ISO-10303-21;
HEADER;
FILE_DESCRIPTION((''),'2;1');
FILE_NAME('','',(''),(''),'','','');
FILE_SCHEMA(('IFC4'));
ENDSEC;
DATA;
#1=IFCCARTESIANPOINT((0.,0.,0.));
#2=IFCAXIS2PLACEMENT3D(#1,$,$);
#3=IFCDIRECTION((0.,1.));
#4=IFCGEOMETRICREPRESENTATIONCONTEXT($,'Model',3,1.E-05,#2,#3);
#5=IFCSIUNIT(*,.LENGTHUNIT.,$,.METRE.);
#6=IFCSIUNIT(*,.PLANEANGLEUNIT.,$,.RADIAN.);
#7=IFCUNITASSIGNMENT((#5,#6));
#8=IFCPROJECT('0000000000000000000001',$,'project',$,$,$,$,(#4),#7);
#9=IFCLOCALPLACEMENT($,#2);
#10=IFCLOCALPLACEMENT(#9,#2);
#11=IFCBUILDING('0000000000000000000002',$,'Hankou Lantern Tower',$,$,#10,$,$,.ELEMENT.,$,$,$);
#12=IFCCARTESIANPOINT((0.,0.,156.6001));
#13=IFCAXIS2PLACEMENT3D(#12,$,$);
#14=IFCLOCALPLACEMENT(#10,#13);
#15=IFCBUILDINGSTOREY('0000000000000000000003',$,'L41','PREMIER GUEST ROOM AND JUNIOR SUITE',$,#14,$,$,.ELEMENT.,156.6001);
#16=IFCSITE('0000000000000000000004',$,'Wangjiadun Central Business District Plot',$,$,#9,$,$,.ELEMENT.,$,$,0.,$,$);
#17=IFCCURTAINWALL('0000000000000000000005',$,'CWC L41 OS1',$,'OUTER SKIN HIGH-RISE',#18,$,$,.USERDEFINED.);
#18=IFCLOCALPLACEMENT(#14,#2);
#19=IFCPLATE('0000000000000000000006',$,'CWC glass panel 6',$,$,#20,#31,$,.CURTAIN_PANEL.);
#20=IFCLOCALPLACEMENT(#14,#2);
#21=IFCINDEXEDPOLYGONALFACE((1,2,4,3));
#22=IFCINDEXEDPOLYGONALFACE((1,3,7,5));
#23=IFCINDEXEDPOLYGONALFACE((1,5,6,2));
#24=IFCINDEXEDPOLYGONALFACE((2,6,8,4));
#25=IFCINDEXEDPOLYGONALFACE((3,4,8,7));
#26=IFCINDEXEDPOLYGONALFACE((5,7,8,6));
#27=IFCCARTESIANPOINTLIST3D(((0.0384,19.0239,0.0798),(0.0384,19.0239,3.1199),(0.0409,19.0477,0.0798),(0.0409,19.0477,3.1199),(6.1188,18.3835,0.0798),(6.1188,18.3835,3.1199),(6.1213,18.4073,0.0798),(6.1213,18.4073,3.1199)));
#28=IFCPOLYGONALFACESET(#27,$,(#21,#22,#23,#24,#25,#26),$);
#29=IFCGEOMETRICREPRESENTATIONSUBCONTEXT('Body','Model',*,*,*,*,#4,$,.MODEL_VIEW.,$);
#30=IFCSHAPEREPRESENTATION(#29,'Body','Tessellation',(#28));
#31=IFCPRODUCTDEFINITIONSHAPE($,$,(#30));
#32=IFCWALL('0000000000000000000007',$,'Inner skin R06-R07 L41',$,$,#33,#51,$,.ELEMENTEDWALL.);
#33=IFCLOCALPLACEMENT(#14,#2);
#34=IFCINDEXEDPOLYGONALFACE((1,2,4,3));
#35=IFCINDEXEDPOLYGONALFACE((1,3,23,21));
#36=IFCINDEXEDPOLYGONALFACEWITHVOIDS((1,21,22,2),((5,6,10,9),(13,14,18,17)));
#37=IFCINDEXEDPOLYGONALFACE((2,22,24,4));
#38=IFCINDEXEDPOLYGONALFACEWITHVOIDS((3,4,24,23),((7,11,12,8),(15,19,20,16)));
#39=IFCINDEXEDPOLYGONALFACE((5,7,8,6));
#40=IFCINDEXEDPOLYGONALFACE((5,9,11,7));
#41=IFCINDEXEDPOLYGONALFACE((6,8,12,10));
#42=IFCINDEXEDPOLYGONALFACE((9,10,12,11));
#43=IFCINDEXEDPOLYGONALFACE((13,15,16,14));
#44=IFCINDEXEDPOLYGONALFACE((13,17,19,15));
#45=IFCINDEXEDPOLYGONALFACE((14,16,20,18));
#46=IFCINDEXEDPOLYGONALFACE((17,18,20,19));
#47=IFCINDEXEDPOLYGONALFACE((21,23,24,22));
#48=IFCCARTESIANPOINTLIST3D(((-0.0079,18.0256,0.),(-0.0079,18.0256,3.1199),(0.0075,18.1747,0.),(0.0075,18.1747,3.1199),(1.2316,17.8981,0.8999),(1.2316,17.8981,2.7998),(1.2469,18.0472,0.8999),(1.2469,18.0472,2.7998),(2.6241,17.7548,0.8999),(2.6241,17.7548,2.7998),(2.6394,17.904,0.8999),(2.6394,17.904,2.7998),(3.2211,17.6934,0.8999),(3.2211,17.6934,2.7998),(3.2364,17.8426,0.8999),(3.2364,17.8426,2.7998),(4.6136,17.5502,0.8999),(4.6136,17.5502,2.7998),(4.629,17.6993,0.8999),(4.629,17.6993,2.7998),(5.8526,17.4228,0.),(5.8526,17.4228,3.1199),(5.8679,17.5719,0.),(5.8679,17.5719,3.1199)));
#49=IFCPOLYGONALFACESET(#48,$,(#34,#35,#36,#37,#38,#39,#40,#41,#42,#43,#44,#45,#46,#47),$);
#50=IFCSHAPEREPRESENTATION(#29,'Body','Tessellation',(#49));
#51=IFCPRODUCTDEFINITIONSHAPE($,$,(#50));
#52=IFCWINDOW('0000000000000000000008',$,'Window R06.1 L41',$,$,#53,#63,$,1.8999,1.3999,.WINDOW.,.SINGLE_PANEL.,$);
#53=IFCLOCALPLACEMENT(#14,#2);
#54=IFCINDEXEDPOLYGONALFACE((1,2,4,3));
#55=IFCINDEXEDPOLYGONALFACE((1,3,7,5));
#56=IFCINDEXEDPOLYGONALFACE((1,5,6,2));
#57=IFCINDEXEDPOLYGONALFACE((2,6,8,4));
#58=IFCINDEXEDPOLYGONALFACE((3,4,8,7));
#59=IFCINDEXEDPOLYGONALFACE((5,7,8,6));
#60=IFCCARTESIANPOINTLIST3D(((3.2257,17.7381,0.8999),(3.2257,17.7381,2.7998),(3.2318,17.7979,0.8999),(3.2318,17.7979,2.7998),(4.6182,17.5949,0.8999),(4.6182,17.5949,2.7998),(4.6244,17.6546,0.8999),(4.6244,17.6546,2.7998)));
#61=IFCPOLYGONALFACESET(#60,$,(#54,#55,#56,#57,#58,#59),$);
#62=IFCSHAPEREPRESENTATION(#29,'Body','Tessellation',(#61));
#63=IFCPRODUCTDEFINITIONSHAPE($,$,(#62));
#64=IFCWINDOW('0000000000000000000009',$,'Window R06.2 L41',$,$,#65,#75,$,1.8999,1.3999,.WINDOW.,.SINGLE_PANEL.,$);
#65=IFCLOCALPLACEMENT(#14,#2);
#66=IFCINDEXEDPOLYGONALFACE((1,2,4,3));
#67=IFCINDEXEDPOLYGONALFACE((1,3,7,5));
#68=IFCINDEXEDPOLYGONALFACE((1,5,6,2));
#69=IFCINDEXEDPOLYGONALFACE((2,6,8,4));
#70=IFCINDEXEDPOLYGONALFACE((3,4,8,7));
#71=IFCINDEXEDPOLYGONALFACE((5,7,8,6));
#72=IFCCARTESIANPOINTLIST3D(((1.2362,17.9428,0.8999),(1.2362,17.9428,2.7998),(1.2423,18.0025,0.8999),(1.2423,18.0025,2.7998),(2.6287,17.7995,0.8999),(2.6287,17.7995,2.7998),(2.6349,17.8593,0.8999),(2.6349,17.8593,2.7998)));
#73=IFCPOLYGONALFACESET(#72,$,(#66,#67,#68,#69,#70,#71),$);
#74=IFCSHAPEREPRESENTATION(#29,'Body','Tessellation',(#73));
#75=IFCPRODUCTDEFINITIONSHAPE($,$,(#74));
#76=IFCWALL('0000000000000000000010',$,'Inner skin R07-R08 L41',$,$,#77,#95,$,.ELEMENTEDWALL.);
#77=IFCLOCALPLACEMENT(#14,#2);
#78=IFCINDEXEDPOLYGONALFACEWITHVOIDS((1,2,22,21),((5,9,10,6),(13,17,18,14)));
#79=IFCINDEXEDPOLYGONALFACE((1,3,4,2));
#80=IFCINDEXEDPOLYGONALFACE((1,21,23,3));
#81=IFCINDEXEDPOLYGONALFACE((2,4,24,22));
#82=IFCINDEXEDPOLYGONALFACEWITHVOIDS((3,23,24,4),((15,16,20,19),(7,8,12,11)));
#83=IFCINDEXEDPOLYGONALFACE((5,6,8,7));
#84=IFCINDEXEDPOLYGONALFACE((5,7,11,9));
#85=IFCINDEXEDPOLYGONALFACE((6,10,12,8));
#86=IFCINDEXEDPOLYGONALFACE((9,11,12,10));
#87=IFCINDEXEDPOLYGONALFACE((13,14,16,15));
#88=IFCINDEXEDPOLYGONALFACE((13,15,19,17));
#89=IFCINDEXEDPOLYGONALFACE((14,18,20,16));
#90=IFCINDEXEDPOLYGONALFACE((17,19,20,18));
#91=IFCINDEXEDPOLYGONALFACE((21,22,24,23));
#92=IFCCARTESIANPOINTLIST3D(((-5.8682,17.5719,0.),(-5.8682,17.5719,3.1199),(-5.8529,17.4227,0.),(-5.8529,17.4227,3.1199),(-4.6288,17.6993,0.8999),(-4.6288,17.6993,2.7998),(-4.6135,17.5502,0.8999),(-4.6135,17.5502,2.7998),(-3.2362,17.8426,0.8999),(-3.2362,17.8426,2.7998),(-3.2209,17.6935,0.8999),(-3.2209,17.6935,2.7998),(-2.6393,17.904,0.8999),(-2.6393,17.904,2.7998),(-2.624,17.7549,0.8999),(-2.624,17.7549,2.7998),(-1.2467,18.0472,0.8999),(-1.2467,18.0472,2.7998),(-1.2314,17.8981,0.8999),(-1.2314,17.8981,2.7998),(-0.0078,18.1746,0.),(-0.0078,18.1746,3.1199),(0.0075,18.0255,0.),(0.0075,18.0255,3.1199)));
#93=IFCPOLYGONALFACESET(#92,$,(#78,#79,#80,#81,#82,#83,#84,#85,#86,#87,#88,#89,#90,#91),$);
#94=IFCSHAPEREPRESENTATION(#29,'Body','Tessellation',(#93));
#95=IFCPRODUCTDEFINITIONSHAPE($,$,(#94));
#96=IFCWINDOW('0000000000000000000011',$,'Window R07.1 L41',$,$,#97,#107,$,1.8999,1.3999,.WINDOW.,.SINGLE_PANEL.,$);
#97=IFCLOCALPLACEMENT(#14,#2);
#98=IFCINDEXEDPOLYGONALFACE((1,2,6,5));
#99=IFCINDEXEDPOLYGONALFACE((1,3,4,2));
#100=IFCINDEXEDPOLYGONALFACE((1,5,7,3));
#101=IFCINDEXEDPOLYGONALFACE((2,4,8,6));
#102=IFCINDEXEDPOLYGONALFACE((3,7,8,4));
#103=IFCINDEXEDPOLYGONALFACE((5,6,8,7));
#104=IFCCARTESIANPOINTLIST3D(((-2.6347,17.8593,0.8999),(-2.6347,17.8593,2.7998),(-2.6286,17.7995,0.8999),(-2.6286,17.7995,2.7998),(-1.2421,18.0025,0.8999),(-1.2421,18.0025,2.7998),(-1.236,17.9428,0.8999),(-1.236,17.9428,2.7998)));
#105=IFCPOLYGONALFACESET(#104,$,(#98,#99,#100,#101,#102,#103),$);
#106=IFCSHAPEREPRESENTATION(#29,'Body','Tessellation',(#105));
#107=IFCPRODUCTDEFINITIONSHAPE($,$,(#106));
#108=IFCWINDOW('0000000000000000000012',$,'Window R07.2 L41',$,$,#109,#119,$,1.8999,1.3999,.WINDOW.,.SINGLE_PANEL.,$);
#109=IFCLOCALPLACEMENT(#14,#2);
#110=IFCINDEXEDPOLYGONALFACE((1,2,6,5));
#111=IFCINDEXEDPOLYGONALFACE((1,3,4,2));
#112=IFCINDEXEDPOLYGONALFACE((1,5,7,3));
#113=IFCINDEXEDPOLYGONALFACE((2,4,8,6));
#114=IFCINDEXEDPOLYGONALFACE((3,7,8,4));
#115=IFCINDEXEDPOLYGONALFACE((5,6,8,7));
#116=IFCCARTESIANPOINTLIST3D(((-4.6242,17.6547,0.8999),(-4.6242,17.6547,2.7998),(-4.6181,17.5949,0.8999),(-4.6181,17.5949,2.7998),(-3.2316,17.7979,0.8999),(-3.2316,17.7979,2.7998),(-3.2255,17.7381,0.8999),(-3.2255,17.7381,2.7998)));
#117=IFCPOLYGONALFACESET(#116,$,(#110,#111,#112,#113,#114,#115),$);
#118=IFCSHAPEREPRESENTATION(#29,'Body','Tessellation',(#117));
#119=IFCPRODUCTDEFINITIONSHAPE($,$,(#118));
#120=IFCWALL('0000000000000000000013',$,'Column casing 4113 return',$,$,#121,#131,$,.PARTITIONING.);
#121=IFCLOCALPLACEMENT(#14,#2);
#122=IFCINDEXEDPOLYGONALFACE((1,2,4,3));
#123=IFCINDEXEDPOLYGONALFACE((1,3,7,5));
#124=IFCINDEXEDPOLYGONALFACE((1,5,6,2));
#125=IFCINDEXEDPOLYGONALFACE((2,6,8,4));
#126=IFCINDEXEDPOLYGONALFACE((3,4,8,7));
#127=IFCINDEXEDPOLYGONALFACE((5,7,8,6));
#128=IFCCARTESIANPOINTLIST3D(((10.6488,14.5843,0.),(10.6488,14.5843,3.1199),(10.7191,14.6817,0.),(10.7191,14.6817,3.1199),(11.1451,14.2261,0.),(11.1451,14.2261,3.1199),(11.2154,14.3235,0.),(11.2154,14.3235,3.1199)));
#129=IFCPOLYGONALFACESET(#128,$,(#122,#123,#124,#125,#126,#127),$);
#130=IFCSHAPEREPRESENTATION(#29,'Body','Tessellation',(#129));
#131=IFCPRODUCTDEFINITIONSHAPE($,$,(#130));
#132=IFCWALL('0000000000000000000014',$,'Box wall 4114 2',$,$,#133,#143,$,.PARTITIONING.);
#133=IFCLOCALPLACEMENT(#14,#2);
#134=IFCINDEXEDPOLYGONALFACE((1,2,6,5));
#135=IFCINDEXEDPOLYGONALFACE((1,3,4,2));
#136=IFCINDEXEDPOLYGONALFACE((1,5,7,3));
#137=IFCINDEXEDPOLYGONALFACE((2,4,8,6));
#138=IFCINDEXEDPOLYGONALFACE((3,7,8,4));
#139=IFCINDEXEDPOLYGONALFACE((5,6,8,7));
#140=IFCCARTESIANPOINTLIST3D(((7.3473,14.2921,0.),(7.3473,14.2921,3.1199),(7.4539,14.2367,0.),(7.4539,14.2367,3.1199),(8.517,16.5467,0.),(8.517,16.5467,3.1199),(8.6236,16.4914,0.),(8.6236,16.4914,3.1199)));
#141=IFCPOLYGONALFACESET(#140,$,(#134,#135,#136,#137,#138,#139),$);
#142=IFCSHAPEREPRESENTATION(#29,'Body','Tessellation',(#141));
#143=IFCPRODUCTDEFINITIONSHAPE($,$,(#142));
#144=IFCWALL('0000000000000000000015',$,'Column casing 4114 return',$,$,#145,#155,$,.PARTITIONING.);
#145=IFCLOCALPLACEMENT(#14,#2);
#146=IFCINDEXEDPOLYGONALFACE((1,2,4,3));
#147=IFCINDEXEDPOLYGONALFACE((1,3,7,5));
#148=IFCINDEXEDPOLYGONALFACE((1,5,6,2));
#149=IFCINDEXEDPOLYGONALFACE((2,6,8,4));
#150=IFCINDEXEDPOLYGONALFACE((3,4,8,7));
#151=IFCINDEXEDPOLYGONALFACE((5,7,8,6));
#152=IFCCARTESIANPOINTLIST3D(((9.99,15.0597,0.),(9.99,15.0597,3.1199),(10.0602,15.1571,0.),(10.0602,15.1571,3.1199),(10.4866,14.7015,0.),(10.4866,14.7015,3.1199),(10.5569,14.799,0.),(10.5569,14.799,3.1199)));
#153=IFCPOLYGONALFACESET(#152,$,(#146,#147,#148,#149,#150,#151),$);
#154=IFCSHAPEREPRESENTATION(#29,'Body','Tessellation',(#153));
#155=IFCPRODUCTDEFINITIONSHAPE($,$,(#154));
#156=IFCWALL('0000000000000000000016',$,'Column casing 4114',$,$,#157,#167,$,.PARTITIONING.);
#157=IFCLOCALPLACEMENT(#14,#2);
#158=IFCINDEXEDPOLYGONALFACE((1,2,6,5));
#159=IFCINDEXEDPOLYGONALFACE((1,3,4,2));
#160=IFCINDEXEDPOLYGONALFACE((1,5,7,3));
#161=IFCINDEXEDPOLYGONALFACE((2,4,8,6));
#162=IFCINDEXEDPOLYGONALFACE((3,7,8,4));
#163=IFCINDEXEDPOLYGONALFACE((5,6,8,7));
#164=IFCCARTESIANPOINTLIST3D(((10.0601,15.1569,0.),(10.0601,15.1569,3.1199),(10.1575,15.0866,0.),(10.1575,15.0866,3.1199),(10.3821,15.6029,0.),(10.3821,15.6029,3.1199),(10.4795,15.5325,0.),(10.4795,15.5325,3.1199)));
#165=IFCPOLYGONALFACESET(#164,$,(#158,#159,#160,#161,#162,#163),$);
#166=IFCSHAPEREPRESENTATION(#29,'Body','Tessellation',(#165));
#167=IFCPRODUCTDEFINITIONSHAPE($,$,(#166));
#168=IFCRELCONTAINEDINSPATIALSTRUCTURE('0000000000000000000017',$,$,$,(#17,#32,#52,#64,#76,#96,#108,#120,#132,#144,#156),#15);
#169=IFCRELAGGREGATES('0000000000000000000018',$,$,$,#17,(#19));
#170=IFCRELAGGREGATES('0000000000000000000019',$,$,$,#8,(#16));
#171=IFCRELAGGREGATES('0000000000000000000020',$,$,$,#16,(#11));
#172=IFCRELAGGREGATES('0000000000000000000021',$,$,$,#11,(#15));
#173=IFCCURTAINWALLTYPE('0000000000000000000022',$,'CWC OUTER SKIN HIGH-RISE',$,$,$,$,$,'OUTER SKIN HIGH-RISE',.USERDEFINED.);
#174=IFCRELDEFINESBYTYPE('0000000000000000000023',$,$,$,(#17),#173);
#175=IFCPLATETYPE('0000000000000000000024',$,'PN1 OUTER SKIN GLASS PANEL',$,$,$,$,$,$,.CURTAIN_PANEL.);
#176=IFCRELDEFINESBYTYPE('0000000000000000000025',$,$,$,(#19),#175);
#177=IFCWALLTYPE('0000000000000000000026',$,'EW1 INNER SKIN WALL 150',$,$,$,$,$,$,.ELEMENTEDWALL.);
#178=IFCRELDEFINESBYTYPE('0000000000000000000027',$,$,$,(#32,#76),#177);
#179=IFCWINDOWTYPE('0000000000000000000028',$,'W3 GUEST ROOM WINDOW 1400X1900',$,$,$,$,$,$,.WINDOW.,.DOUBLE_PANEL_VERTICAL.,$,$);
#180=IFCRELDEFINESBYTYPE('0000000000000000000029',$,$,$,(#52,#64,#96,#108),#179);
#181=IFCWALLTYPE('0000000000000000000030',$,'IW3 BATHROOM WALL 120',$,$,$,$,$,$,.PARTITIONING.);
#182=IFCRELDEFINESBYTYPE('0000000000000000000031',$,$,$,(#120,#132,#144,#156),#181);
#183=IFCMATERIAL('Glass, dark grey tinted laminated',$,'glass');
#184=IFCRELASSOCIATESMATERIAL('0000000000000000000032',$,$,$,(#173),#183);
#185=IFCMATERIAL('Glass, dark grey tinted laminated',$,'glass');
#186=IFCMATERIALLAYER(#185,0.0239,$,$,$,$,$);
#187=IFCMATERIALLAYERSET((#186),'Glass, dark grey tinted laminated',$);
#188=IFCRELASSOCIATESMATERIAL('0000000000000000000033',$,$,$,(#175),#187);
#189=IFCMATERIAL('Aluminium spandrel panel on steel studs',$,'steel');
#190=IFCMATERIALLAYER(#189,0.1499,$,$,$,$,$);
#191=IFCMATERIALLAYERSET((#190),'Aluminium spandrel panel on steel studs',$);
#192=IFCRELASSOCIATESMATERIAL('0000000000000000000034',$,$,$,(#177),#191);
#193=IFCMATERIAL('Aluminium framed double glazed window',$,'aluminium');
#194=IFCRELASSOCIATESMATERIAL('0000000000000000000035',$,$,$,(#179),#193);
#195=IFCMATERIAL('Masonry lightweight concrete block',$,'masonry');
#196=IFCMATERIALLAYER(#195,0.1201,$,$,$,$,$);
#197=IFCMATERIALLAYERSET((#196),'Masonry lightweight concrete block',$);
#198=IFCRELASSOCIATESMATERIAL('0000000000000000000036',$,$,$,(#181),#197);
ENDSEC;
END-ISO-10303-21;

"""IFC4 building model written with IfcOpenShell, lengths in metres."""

from ifc_helpers import new_model, si_unit, direction, frame, frame_2d, origin, origin_2d, place, context, subcontext, project, spatial, rectangle, extrude, material, layer, layer_set, type_object, element, fill, aggregate, save


model = new_model("IFC4")

# Units and contexts
model_context = context("Model", 3, precision=1e-05, world=origin(), true_north=direction((0.0, 1.0)))
body_context = subcontext(model_context, "Body", "Model", "MODEL_VIEW")
ifc_project = project(units=[si_unit("LENGTHUNIT", "METRE"), si_unit("PLANEANGLEUNIT", "RADIAN")], contexts=[model_context])

# Site, building, storey
site_placement = place(None, origin())
site = spatial("IfcSite", under=ifc_project, at=site_placement, Name="Wangjiadun Central Business District Plot", CompositionType="ELEMENT", RefElevation=0.0)
building_placement = place(site_placement, origin())
building = spatial("IfcBuilding", under=site, at=building_placement, Name="Hankou Lantern Tower", CompositionType="ELEMENT")
storey_placement = place(building_placement, frame((0.0, 0.0, 156.6001)))
storey = spatial("IfcBuildingStorey", under=building, at=storey_placement, Name="L41", Description="PREMIER GUEST ROOM AND JUNIOR SUITE", CompositionType="ELEMENT", Elevation=156.6001)

# Curtain wall
ifc_material_1 = material(Name="Glass, dark grey tinted laminated", Category="glass")
curtain_wall_type = type_object("IfcCurtainWallType", Name="CWC OUTER SKIN HIGH-RISE", ElementType="OUTER SKIN HIGH-RISE", PredefinedType="USERDEFINED", material=ifc_material_1)
curtain_wall_1_placement = place(storey_placement, origin())
curtain_wall_1 = element("IfcCurtainWall", 1, at=curtain_wall_1_placement, inside=storey, type_object=curtain_wall_type, Name="CWC L41 OS1", ObjectType="OUTER SKIN HIGH-RISE", PredefinedType="USERDEFINED")

# Plate
ifc_material_2 = material(Name="Glass, dark grey tinted laminated", Category="glass")
ifc_layer_1 = layer(ifc_material_2, 0.0239)
ifc_layer_set_1 = layer_set([ifc_layer_1], Name="Glass, dark grey tinted laminated")
plate_type = type_object("IfcPlateType", Name="PN1 OUTER SKIN GLASS PANEL", PredefinedType="CURTAIN_PANEL", material=ifc_layer_set_1)
plate_1_placement = place(storey_placement, frame((3.0798, 18.7156, 0.0798), z_axis=(0.0, 0.0, 1.0), x_axis=(-0.994499, 0.104743, 0.0)))
plate_1 = element("IfcPlate", 2, at=plate_1_placement, type_object=plate_type, Name="CWC glass panel 6", PredefinedType="CURTAIN_PANEL", context=body_context, shape_type="SweptSolid", body=[
    extrude(rectangle(XDim=6.114, YDim=0.0239, at=origin_2d()), origin(), (0.0, 0.0, 1.0), 3.04),
])
aggregate(curtain_wall_1, [plate_1])

# Walls, openings, windows
ifc_material_3 = material(Name="Aluminium spandrel panel on steel studs", Category="steel")
ifc_layer_2 = layer(ifc_material_3, 0.1499)
ifc_layer_set_2 = layer_set([ifc_layer_2], Name="Aluminium spandrel panel on steel studs")
wall_type_1 = type_object("IfcWallType", Name="EW1 INNER SKIN WALL 150", PredefinedType="ELEMENTEDWALL", material=ifc_layer_set_2)
wall_1_placement = place(storey_placement, frame((5.8604, 17.4973, 0.0), z_axis=(0.0, 0.0, 1.0), x_axis=(-0.994752, 0.102318, 0.0)))
wall_1 = element("IfcWall", 3, at=wall_1_placement, inside=storey, type_object=wall_type_1, Name="Inner skin R06-R07 L41", PredefinedType="ELEMENTEDWALL", context=body_context, shape_type="SweptSolid", body=[
    extrude(rectangle(XDim=5.8914, YDim=0.1499, at=frame_2d((2.9458, 0.0))), origin(), (0.0, 0.0, 1.0), 3.1199),
])
opening_1_placement = place(wall_1_placement, frame((1.2456, 0.0, 0.8999)))
opening_1 = element("IfcOpeningElement", 4, at=opening_1_placement, cuts=wall_1, PredefinedType="OPENING", context=body_context, shape_type="SweptSolid", body=[
    extrude(rectangle(XDim=1.3999, YDim=1.8999, at=frame_2d((0.7, 0.95))), frame((0.0, 0.085, 0.0), z_axis=(0.0, -1.0, 0.0), x_axis=(1.0, 0.0, 0.0)), (0.0, 0.0, 1.0), 0.1699),
])
opening_2_placement = place(wall_1_placement, frame((3.2456, 0.0, 0.8999)))
opening_2 = element("IfcOpeningElement", 5, at=opening_2_placement, cuts=wall_1, PredefinedType="OPENING", context=body_context, shape_type="SweptSolid", body=[
    extrude(rectangle(XDim=1.3999, YDim=1.8999, at=frame_2d((0.7, 0.95))), frame((0.0, 0.085, 0.0), z_axis=(0.0, -1.0, 0.0), x_axis=(1.0, 0.0, 0.0)), (0.0, 0.0, 1.0), 0.1699),
])
ifc_material_4 = material(Name="Aluminium framed double glazed window", Category="aluminium")
window_type = type_object("IfcWindowType", Name="W3 GUEST ROOM WINDOW 1400X1900", PartitioningType="DOUBLE_PANEL_VERTICAL", PredefinedType="WINDOW", material=ifc_material_4)
window_1_placement = place(opening_1_placement, origin())
window_1 = element("IfcWindow", 6, at=window_1_placement, inside=storey, type_object=window_type, Name="Window R06.1 L41", OverallHeight=1.8999, OverallWidth=1.3999, PartitioningType="SINGLE_PANEL", PredefinedType="WINDOW", context=body_context, shape_type="SweptSolid", body=[
    extrude(rectangle(XDim=1.3999, YDim=1.8999, at=frame_2d((0.7, 0.95))), frame((0.0, 0.03, 0.0), z_axis=(0.0, -1.0, 0.0), x_axis=(1.0, 0.0, 0.0)), (0.0, 0.0, 1.0), 0.0601),
])
fill(opening_1, window_1)
window_2_placement = place(opening_2_placement, origin())
window_2 = element("IfcWindow", 7, at=window_2_placement, inside=storey, type_object=window_type, Name="Window R06.2 L41", OverallHeight=1.8999, OverallWidth=1.3999, PartitioningType="SINGLE_PANEL", PredefinedType="WINDOW", context=body_context, shape_type="SweptSolid", body=[
    extrude(rectangle(XDim=1.3999, YDim=1.8999, at=frame_2d((0.7, 0.95))), frame((0.0, 0.03, 0.0), z_axis=(0.0, -1.0, 0.0), x_axis=(1.0, 0.0, 0.0)), (0.0, 0.0, 1.0), 0.0601),
])
fill(opening_2, window_2)
wall_2_placement = place(storey_placement, frame((0.0, 18.1001, 0.0), z_axis=(0.0, 0.0, 1.0), x_axis=(-0.994752, -0.102318, 0.0)))
wall_2 = element("IfcWall", 8, at=wall_2_placement, inside=storey, type_object=wall_type_1, Name="Inner skin R07-R08 L41", PredefinedType="ELEMENTEDWALL", context=body_context, shape_type="SweptSolid", body=[
    extrude(rectangle(XDim=5.8914, YDim=0.1499, at=frame_2d((2.9458, 0.0))), origin(), (0.0, 0.0, 1.0), 3.1199),
])
opening_3_placement = place(wall_2_placement, frame((1.2456, 0.0, 0.8999)))
opening_3 = element("IfcOpeningElement", 9, at=opening_3_placement, cuts=wall_2, PredefinedType="OPENING", context=body_context, shape_type="SweptSolid", body=[
    extrude(rectangle(XDim=1.3999, YDim=1.8999, at=frame_2d((0.7, 0.95))), frame((0.0, 0.085, 0.0), z_axis=(0.0, -1.0, 0.0), x_axis=(1.0, 0.0, 0.0)), (0.0, 0.0, 1.0), 0.1699),
])
opening_4_placement = place(wall_2_placement, frame((3.2456, 0.0, 0.8999)))
opening_4 = element("IfcOpeningElement", 10, at=opening_4_placement, cuts=wall_2, PredefinedType="OPENING", context=body_context, shape_type="SweptSolid", body=[
    extrude(rectangle(XDim=1.3999, YDim=1.8999, at=frame_2d((0.7, 0.95))), frame((0.0, 0.085, 0.0), z_axis=(0.0, -1.0, 0.0), x_axis=(1.0, 0.0, 0.0)), (0.0, 0.0, 1.0), 0.1699),
])
window_3_placement = place(opening_3_placement, origin())
window_3 = element("IfcWindow", 11, at=window_3_placement, inside=storey, type_object=window_type, Name="Window R07.1 L41", OverallHeight=1.8999, OverallWidth=1.3999, PartitioningType="SINGLE_PANEL", PredefinedType="WINDOW", context=body_context, shape_type="SweptSolid", body=[
    extrude(rectangle(XDim=1.3999, YDim=1.8999, at=frame_2d((0.7, 0.95))), frame((0.0, 0.03, 0.0), z_axis=(0.0, -1.0, 0.0), x_axis=(1.0, 0.0, 0.0)), (0.0, 0.0, 1.0), 0.0601),
])
fill(opening_3, window_3)
window_4_placement = place(opening_4_placement, origin())
window_4 = element("IfcWindow", 12, at=window_4_placement, inside=storey, type_object=window_type, Name="Window R07.2 L41", OverallHeight=1.8999, OverallWidth=1.3999, PartitioningType="SINGLE_PANEL", PredefinedType="WINDOW", context=body_context, shape_type="SweptSolid", body=[
    extrude(rectangle(XDim=1.3999, YDim=1.8999, at=frame_2d((0.7, 0.95))), frame((0.0, 0.03, 0.0), z_axis=(0.0, -1.0, 0.0), x_axis=(1.0, 0.0, 0.0)), (0.0, 0.0, 1.0), 0.0601),
])
fill(opening_4, window_4)

# Walls
ifc_material_5 = material(Name="Masonry lightweight concrete block", Category="masonry")
ifc_layer_3 = layer(ifc_material_5, 0.1201)
ifc_layer_set_3 = layer_set([ifc_layer_3], Name="Masonry lightweight concrete block")
wall_type_2 = type_object("IfcWallType", Name="IW3 BATHROOM WALL 120", PredefinedType="PARTITIONING", material=ifc_layer_set_3)
wall_3_placement = place(storey_placement, frame((10.6838, 14.6331, 0.0), z_axis=(0.0, 0.0, 1.0), x_axis=(0.810921, -0.585156, 0.0)))
element("IfcWall", 13, at=wall_3_placement, inside=storey, type_object=wall_type_2, Name="Column casing 4113 return", PredefinedType="PARTITIONING", context=body_context, shape_type="SweptSolid", body=[
    extrude(rectangle(XDim=0.6121, YDim=0.1201, at=frame_2d((0.3062, 0.0))), origin(), (0.0, 0.0, 1.0), 3.1199),
])
wall_4_placement = place(storey_placement, frame((7.4006, 14.2644, 0.0), z_axis=(0.0, 0.0, 1.0), x_axis=(0.460505, 0.887657, 0.0)))
element("IfcWall", 14, at=wall_4_placement, inside=storey, type_object=wall_type_2, Name="Box wall 4114 2", PredefinedType="PARTITIONING", context=body_context, shape_type="SweptSolid", body=[
    extrude(rectangle(XDim=2.54, YDim=0.1201, at=frame_2d((1.27, 0.0))), origin(), (0.0, 0.0, 1.0), 3.1199),
])
wall_5_placement = place(storey_placement, frame((10.5217, 14.7502, 0.0), z_axis=(0.0, 0.0, 1.0), x_axis=(-0.811058, 0.584966, 0.0)))
element("IfcWall", 15, at=wall_5_placement, inside=storey, type_object=wall_type_2, Name="Column casing 4114 return", PredefinedType="PARTITIONING", context=body_context, shape_type="SweptSolid", body=[
    extrude(rectangle(XDim=0.6123, YDim=0.1201, at=frame_2d((0.3062, 0.0))), origin(), (0.0, 0.0, 1.0), 3.1199),
])
wall_6_placement = place(storey_placement, frame((10.1089, 15.1218, 0.0), z_axis=(0.0, 0.0, 1.0), x_axis=(0.585345, 0.810785, 0.0)))
element("IfcWall", 16, at=wall_6_placement, inside=storey, type_object=wall_type_2, Name="Column casing 4114", PredefinedType="PARTITIONING", context=body_context, shape_type="SweptSolid", body=[
    extrude(rectangle(XDim=0.55, YDim=0.1201, at=frame_2d((0.2749, 0.0))), origin(), (0.0, 0.0, 1.0), 3.1199),
])

save(model, "model.ifc")
